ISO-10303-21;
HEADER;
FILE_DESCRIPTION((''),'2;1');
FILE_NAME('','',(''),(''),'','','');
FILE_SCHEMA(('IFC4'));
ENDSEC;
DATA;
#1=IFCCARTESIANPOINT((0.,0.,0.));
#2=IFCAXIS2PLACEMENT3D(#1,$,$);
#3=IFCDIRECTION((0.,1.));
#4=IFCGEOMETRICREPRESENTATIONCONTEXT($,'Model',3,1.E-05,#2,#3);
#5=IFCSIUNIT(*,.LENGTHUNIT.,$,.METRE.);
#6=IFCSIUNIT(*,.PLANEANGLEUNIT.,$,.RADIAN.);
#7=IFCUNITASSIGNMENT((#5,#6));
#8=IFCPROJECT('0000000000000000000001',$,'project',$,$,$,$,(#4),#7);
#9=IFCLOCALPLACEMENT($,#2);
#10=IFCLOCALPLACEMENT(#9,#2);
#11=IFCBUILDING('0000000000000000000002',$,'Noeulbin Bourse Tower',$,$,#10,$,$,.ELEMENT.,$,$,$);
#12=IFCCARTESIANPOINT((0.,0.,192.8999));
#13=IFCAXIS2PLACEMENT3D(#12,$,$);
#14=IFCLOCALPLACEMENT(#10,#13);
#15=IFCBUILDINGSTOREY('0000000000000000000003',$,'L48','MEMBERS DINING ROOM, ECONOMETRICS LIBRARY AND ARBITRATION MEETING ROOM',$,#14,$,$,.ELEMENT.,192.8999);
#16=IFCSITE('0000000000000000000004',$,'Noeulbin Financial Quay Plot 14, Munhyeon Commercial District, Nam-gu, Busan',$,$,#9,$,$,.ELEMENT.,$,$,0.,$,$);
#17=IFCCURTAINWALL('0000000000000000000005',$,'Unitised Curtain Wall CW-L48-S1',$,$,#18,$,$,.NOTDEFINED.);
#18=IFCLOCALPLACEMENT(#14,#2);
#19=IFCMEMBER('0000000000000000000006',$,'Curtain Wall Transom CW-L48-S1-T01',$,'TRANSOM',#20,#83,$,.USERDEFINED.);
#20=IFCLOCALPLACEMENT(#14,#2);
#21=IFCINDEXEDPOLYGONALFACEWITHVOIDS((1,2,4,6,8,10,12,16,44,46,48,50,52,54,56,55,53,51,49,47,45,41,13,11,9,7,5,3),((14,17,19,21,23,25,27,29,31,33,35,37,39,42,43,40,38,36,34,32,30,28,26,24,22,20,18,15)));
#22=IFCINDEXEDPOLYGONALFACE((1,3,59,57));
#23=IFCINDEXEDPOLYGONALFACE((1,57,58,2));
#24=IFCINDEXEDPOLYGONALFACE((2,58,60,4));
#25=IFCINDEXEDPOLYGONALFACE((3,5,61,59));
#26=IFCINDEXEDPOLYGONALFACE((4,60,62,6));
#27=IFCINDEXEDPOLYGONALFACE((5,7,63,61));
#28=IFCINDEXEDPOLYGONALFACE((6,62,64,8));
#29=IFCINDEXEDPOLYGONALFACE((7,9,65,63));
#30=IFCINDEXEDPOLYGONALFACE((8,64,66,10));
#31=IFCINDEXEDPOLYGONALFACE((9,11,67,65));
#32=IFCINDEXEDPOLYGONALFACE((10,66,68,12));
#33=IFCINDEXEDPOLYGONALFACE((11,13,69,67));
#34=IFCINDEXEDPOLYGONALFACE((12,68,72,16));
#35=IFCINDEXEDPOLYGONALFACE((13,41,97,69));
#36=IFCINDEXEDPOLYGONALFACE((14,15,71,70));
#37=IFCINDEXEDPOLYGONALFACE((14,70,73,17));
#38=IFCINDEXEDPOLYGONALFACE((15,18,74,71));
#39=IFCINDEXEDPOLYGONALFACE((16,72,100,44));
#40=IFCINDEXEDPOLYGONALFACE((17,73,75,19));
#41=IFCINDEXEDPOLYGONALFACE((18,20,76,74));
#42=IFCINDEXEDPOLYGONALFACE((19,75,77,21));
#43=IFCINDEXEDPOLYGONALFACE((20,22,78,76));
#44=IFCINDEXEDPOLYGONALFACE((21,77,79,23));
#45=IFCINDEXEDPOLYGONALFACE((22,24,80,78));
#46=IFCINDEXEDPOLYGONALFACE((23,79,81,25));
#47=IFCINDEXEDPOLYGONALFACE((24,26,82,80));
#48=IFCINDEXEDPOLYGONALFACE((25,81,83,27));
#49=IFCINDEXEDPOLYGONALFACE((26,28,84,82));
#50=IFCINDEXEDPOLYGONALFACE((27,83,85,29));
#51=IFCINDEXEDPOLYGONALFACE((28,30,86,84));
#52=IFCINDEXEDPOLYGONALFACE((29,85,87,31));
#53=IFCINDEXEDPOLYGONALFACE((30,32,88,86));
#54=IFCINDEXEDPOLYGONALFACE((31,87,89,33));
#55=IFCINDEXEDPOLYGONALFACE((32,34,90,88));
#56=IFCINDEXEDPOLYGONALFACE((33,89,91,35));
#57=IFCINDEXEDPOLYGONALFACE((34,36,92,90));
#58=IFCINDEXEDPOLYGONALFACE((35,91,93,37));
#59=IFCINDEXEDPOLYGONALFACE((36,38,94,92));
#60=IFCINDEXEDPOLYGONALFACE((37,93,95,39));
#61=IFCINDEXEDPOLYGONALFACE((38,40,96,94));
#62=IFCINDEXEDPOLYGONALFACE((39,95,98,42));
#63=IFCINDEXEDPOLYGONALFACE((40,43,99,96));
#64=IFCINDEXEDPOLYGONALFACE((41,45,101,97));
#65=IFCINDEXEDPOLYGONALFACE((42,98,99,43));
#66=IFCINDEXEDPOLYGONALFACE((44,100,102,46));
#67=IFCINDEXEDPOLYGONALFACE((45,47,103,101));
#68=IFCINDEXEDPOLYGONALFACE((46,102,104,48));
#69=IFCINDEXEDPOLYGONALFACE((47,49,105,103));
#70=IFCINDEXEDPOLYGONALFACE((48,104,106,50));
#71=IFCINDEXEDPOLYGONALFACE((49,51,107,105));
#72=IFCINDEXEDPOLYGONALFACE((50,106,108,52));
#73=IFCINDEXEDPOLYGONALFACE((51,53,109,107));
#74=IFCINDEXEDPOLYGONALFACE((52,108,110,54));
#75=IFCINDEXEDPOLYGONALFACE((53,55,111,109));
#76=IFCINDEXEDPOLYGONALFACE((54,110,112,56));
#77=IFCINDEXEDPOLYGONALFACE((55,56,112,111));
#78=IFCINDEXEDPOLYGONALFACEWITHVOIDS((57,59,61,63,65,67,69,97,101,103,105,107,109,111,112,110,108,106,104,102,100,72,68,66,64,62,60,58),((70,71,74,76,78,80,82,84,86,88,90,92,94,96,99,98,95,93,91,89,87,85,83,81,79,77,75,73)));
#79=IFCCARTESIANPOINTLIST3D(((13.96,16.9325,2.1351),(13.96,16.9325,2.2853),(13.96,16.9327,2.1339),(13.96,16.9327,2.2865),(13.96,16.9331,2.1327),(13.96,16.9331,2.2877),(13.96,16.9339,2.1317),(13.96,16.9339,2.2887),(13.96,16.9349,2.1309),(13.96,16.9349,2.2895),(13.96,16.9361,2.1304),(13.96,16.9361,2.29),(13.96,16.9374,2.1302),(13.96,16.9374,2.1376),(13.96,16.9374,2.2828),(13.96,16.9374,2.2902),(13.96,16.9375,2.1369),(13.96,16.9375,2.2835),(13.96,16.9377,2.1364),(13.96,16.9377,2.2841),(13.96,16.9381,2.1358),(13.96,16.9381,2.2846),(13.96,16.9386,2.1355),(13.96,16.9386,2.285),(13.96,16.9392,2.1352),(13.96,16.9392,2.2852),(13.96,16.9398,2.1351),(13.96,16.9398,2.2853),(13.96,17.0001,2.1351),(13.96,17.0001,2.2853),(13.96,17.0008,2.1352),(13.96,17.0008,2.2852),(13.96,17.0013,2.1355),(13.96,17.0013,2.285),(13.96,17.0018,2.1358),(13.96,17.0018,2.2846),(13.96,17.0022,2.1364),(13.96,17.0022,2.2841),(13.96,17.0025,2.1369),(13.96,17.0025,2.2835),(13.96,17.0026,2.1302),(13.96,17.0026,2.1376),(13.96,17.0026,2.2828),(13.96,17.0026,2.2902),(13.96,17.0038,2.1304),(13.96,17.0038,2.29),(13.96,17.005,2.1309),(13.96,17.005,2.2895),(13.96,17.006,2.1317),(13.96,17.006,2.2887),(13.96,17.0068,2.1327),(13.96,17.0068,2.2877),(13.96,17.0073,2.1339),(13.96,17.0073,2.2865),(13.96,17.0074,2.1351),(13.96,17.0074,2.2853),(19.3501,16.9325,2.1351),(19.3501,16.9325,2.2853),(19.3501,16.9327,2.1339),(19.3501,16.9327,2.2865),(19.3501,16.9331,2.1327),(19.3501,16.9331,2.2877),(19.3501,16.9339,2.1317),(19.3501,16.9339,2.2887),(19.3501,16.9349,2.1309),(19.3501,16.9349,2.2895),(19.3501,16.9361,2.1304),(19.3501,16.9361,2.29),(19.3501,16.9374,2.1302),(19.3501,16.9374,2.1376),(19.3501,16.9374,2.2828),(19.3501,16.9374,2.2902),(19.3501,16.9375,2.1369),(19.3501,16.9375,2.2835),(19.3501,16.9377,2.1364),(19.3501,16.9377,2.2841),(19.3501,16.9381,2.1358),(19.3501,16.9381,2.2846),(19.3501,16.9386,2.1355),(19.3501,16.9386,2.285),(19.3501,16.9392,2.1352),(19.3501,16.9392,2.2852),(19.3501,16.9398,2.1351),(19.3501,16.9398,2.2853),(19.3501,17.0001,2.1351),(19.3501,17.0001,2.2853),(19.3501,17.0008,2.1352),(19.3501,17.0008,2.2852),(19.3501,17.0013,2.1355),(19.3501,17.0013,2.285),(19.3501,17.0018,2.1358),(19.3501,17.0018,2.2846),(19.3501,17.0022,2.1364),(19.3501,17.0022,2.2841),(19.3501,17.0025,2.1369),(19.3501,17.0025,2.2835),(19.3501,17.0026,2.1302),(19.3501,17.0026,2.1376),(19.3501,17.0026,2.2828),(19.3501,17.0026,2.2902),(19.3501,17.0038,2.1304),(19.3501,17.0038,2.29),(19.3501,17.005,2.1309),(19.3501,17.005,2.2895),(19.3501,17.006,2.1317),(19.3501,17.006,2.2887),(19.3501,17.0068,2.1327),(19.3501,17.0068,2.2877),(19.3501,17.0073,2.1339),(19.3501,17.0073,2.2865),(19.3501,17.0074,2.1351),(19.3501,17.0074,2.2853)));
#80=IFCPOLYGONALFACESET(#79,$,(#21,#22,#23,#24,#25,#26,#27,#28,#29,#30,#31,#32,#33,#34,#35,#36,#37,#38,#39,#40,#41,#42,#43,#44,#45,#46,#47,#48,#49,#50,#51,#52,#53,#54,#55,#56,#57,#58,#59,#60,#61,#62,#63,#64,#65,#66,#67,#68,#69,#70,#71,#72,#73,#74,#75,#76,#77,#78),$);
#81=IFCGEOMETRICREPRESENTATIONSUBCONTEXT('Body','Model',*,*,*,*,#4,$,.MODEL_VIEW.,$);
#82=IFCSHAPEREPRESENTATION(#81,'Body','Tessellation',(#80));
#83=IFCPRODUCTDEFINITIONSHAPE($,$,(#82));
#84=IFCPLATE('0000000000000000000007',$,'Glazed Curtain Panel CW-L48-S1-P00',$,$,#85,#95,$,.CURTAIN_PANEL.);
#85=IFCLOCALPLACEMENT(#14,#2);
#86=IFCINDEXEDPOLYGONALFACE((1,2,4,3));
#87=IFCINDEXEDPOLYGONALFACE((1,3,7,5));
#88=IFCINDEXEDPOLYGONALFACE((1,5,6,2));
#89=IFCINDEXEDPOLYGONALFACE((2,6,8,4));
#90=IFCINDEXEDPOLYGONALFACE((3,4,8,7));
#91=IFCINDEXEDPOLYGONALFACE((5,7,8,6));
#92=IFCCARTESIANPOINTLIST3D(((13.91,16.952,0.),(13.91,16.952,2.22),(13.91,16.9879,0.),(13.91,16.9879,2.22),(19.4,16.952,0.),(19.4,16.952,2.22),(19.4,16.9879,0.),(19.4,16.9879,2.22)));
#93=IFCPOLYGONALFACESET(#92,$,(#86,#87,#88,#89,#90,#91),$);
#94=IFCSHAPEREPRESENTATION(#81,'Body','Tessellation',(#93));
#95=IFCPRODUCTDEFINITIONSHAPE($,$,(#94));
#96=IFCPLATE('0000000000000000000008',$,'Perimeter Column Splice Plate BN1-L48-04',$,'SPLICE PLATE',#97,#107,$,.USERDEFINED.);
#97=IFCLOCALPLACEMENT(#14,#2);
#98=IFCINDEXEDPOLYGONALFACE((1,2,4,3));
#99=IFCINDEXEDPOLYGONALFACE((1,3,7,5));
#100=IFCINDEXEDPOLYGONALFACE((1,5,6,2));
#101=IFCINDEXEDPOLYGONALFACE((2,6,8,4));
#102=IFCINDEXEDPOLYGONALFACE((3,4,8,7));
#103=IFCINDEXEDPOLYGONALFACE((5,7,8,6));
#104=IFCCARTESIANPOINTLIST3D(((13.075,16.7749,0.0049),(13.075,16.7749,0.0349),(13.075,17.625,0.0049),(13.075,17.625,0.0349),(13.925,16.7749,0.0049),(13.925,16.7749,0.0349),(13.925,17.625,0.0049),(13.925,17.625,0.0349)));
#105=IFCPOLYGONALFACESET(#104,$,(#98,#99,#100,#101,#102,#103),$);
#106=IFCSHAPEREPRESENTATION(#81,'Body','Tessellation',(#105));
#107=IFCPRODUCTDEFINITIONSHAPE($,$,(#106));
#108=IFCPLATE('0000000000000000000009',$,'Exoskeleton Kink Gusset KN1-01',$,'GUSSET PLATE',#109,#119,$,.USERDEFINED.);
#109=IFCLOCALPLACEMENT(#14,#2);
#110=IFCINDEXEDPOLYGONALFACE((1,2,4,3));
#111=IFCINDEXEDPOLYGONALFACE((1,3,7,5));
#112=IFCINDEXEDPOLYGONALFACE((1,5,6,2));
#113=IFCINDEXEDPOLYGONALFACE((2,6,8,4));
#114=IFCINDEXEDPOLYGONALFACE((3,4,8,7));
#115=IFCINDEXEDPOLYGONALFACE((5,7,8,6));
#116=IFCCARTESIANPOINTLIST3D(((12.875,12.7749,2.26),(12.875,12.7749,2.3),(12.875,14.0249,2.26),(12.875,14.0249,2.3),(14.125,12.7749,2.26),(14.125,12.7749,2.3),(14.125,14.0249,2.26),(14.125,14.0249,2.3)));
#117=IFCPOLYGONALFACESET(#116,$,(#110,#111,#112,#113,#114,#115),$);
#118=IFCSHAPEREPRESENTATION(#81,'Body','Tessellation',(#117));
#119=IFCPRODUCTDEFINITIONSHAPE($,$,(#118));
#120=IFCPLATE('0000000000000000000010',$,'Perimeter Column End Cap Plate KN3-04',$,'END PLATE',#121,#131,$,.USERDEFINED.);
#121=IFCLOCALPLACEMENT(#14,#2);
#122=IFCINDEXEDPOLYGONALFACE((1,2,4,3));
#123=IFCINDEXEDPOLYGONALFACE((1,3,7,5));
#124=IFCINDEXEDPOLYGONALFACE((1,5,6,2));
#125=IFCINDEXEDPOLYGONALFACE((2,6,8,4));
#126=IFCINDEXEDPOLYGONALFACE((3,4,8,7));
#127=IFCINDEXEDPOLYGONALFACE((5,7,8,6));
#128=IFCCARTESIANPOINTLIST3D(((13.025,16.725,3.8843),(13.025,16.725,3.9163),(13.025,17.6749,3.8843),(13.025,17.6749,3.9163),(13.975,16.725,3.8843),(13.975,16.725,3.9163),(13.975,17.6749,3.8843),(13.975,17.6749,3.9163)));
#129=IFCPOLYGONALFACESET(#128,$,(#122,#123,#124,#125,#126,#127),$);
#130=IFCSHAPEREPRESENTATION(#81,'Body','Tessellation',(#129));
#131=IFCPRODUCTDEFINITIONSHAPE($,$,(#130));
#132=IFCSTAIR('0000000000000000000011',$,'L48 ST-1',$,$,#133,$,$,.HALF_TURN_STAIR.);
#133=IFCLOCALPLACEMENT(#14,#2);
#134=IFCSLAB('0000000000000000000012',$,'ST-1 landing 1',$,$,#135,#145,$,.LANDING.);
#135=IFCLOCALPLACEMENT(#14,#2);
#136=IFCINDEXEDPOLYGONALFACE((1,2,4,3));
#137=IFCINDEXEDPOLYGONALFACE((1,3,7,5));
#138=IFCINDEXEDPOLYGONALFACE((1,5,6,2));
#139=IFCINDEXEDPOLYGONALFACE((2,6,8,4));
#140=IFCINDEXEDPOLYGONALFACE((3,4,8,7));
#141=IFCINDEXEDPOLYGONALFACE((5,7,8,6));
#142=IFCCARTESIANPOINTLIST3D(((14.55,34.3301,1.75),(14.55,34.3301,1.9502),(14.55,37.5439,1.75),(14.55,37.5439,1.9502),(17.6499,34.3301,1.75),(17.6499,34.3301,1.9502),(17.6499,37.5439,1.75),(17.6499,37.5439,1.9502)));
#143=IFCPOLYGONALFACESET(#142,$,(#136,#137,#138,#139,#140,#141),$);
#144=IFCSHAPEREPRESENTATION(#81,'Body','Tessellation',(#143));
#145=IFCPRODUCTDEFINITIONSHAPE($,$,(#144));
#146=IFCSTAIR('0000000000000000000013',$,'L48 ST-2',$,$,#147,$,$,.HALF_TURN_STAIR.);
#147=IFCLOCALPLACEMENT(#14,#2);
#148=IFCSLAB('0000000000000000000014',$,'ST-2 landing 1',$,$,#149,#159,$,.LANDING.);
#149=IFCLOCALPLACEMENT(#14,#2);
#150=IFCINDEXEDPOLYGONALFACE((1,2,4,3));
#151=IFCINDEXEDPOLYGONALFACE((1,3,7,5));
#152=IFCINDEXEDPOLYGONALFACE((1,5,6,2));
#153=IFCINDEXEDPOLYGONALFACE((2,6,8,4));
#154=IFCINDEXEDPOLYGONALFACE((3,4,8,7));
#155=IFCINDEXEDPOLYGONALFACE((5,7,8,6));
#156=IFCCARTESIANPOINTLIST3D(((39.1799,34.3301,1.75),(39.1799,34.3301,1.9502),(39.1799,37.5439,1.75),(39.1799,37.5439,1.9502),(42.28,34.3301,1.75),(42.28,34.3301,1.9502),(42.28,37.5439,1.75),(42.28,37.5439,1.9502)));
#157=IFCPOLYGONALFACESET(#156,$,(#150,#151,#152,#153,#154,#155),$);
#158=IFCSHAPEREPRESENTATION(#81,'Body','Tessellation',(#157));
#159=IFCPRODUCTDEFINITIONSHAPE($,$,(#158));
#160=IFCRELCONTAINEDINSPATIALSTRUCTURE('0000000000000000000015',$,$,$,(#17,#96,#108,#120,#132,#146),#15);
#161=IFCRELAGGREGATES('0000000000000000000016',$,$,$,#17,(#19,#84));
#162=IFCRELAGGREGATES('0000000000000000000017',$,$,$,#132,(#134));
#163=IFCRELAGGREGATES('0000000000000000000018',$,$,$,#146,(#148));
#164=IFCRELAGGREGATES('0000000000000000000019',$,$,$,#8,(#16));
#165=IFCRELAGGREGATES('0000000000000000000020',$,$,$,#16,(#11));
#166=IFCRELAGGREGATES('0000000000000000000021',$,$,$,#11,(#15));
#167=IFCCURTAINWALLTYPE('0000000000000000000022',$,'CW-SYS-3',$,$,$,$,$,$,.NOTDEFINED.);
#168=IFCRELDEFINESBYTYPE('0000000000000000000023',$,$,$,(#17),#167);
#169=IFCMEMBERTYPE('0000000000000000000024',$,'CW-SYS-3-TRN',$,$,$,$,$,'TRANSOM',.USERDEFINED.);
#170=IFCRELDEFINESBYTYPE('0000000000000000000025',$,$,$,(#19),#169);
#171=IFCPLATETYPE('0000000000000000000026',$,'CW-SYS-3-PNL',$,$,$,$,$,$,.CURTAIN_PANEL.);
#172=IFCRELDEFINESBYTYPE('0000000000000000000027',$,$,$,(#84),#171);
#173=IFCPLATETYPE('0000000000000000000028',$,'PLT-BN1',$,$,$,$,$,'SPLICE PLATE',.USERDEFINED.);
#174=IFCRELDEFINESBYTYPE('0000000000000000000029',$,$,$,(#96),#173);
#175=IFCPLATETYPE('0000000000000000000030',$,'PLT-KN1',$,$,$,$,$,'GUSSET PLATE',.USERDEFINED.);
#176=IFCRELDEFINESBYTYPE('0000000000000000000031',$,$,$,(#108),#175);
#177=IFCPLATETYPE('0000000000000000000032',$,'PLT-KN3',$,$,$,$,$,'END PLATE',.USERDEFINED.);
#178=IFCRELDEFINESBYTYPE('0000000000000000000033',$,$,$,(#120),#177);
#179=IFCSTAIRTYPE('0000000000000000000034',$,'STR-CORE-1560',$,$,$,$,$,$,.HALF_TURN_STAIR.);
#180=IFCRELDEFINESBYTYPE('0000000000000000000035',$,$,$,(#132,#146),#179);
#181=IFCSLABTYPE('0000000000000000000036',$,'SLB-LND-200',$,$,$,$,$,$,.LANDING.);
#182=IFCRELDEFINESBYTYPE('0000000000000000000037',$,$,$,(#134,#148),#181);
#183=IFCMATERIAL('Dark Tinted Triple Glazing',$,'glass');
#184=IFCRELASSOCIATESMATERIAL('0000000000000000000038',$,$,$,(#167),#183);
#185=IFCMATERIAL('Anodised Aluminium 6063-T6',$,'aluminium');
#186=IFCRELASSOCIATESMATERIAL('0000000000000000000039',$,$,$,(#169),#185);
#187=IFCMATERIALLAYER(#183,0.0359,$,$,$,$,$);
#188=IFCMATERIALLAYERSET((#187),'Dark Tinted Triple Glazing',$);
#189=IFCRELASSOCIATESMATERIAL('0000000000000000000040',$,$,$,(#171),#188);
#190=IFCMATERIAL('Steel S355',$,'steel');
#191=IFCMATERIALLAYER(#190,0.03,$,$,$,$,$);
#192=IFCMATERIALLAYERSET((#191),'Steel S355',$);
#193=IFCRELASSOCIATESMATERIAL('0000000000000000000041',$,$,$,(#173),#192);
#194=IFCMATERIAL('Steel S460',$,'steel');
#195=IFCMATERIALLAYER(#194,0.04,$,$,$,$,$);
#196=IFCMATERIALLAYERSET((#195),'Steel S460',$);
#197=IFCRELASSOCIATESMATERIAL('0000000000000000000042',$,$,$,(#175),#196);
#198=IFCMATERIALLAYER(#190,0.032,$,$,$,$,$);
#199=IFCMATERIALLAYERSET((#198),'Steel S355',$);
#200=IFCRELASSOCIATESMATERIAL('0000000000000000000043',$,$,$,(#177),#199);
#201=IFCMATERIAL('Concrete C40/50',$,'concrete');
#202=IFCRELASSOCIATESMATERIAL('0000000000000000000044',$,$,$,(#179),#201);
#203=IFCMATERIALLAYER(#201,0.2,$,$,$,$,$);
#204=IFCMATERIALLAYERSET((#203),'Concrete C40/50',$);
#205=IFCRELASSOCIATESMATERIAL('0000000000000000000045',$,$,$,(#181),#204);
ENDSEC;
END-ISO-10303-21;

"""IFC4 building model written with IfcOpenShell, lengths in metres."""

from ifc_helpers import new_model, si_unit, direction, frame, origin, origin_2d, place, context, subcontext, project, spatial, polyline, rectangle, hollow_rectangle, outline, extrude, material, layer, layer_set, material_profile, profile_set, type_object, element, aggregate, save


model = new_model("IFC4")

# Units and contexts
model_context = context("Model", 3, precision=1e-05, world=origin(), true_north=direction((0.0, 1.0)))
body_context = subcontext(model_context, "Body", "Model", "MODEL_VIEW")
ifc_project = project(units=[si_unit("LENGTHUNIT", "METRE"), si_unit("PLANEANGLEUNIT", "RADIAN")], contexts=[model_context])

# Site, building, storey
site_placement = place(None, origin())
site = spatial("IfcSite", under=ifc_project, at=site_placement, Name="Noeulbin Financial Quay Plot 14, Munhyeon Commercial District, Nam-gu, Busan", CompositionType="ELEMENT", RefElevation=0.0)
building_placement = place(site_placement, origin())
building = spatial("IfcBuilding", under=site, at=building_placement, Name="Noeulbin Bourse Tower", CompositionType="ELEMENT")
storey_placement = place(building_placement, frame((0.0, 0.0, 192.8999)))
storey = spatial("IfcBuildingStorey", under=building, at=storey_placement, Name="L48", Description="MEMBERS DINING ROOM, ECONOMETRICS LIBRARY AND ARBITRATION MEETING ROOM", CompositionType="ELEMENT", Elevation=192.8999)

# Shared definitions
ifc_material_1 = material(Name="Steel S355", Category="steel")

# Shared definitions
ifc_material_2 = material(Name="Steel S460", Category="steel")

# Curtain wall, member, plate
ifc_material_3 = material(Name="Dark Tinted Triple Glazing", Category="glass")
curtain_wall_type = type_object("IfcCurtainWallType", Name="CW-SYS-3", PredefinedType="NOTDEFINED", material=ifc_material_3)
curtain_wall_placement = place(storey_placement, origin())
curtain_wall = element("IfcCurtainWall", 1, at=curtain_wall_placement, inside=storey, type_object=curtain_wall_type, Name="Unitised Curtain Wall CW-L48-S1", PredefinedType="NOTDEFINED")
ifc_material_4 = material(Name="Anodised Aluminium 6063-T6", Category="aluminium")
ifc_material_profile_1 = material_profile(ifc_material_4, hollow_rectangle(XDim=0.075, YDim=0.1599, WallThickness=0.0049, InnerFilletRadius=0.0024, OuterFilletRadius=0.0049, at=origin_2d()), Name="ALU-TRAN-75x160x5", Category="LoadBearing")
ifc_profile_set_1 = profile_set([ifc_material_profile_1], Name="Anodised Aluminium 6063-T6")
member_type_1 = type_object("IfcMemberType", Name="CW-SYS-3-TRN", ElementType="TRANSOM", PredefinedType="USERDEFINED", material=ifc_profile_set_1)
member_1_placement = place(storey_placement, frame((13.96, 16.97, 2.2102), z_axis=(1.0, 0.0, 0.0), x_axis=(0.0, 1.0, 0.0)))
member_1 = element("IfcMember", 2, at=member_1_placement, type_object=member_type_1, Name="Curtain Wall Transom CW-L48-S1-T01", ObjectType="TRANSOM", PredefinedType="USERDEFINED", context=body_context, shape_type="SweptSolid", body=[
    extrude(hollow_rectangle(XDim=0.075, YDim=0.1599, WallThickness=0.0049, InnerFilletRadius=0.0024, OuterFilletRadius=0.0049, at=origin_2d()), origin(), (0.0, 0.0, 1.0), 5.3901),
])
ifc_layer_1 = layer(ifc_material_3, 0.0359)
ifc_layer_set_1 = layer_set([ifc_layer_1], Name="Dark Tinted Triple Glazing")
plate_type_1 = type_object("IfcPlateType", Name="CW-SYS-3-PNL", PredefinedType="CURTAIN_PANEL", material=ifc_layer_set_1)
plate_1_placement = place(storey_placement, frame((16.655, 16.97, 0.0), z_axis=(0.0, 0.0, 1.0), x_axis=(1.0, 0.0, 0.0)))
plate_1 = element("IfcPlate", 3, at=plate_1_placement, type_object=plate_type_1, Name="Glazed Curtain Panel CW-L48-S1-P00", PredefinedType="CURTAIN_PANEL", context=body_context, shape_type="SweptSolid", body=[
    extrude(rectangle(XDim=5.49, YDim=0.0359, at=origin_2d()), origin(), (0.0, 0.0, 1.0), 2.22),
])
aggregate(curtain_wall, [member_1, plate_1])

# Plates
ifc_layer_2 = layer(ifc_material_1, 0.03)
ifc_layer_set_2 = layer_set([ifc_layer_2], Name="Steel S355")
plate_type_2 = type_object("IfcPlateType", Name="PLT-BN1", ElementType="SPLICE PLATE", PredefinedType="USERDEFINED", material=ifc_layer_set_2)
plate_2_placement = place(storey_placement, frame((13.5, 17.2, 0.0049), z_axis=(0.0, 0.0, 1.0), x_axis=(1.0, 0.0, 0.0)))
element("IfcPlate", 4, at=plate_2_placement, inside=storey, type_object=plate_type_2, Name="Perimeter Column Splice Plate BN1-L48-04", ObjectType="SPLICE PLATE", PredefinedType="USERDEFINED", context=body_context, shape_type="SweptSolid", body=[
    extrude(rectangle(XDim=0.8501, YDim=0.8501, at=origin_2d()), origin(), (0.0, 0.0, 1.0), 0.03),
])
ifc_layer_3 = layer(ifc_material_2, 0.04)
ifc_layer_set_3 = layer_set([ifc_layer_3], Name="Steel S460")
plate_type_3 = type_object("IfcPlateType", Name="PLT-KN1", ElementType="GUSSET PLATE", PredefinedType="USERDEFINED", material=ifc_layer_set_3)
plate_3_placement = place(storey_placement, frame((13.5, 13.3999, 2.26), z_axis=(0.0, 0.0, 1.0), x_axis=(1.0, 0.0, 0.0)))
element("IfcPlate", 5, at=plate_3_placement, inside=storey, type_object=plate_type_3, Name="Exoskeleton Kink Gusset KN1-01", ObjectType="GUSSET PLATE", PredefinedType="USERDEFINED", context=body_context, shape_type="SweptSolid", body=[
    extrude(rectangle(XDim=1.25, YDim=1.25, at=origin_2d()), origin(), (0.0, 0.0, 1.0), 0.04),
])
ifc_layer_4 = layer(ifc_material_1, 0.032)
ifc_layer_set_4 = layer_set([ifc_layer_4], Name="Steel S355")
plate_type_4 = type_object("IfcPlateType", Name="PLT-KN3", ElementType="END PLATE", PredefinedType="USERDEFINED", material=ifc_layer_set_4)
plate_4_placement = place(storey_placement, frame((13.5, 17.2, 3.8843), z_axis=(0.0, 0.0, 1.0), x_axis=(1.0, 0.0, 0.0)))
element("IfcPlate", 6, at=plate_4_placement, inside=storey, type_object=plate_type_4, Name="Perimeter Column End Cap Plate KN3-04", ObjectType="END PLATE", PredefinedType="USERDEFINED", context=body_context, shape_type="SweptSolid", body=[
    extrude(rectangle(XDim=0.95, YDim=0.95, at=origin_2d()), origin(), (0.0, 0.0, 1.0), 0.032),
])

# Stairs, slabs
ifc_material_5 = material(Name="Concrete C40/50", Category="concrete")
stair_type = type_object("IfcStairType", Name="STR-CORE-1560", PredefinedType="HALF_TURN_STAIR", material=ifc_material_5)
stair_1_placement = place(storey_placement, origin())
stair_1 = element("IfcStair", 7, at=stair_1_placement, inside=storey, type_object=stair_type, Name="L48 ST-1", PredefinedType="HALF_TURN_STAIR")
ifc_layer_5 = layer(ifc_material_5, 0.2)
ifc_layer_set_5 = layer_set([ifc_layer_5], Name="Concrete C40/50")
slab_type_1 = type_object("IfcSlabType", Name="SLB-LND-200", PredefinedType="LANDING", material=ifc_layer_set_5)
slab_1_placement = place(storey_placement, frame((0.0, 0.0, 1.75)))
slab_1 = element("IfcSlab", 8, at=slab_1_placement, type_object=slab_type_1, Name="ST-1 landing 1", PredefinedType="LANDING", context=body_context, shape_type="SweptSolid", body=[
    extrude(outline(polyline([(17.6499, 34.3301), (17.6499, 37.5439), (14.55, 37.5439), (14.55, 34.3301), (17.6499, 34.3301)])), origin(), (0.0, 0.0, 1.0), 0.2002),
])
aggregate(stair_1, [slab_1])
stair_2_placement = place(storey_placement, origin())
stair_2 = element("IfcStair", 9, at=stair_2_placement, inside=storey, type_object=stair_type, Name="L48 ST-2", PredefinedType="HALF_TURN_STAIR")
slab_2_placement = place(storey_placement, frame((0.0, 0.0, 1.75)))
slab_2 = element("IfcSlab", 10, at=slab_2_placement, type_object=slab_type_1, Name="ST-2 landing 1", PredefinedType="LANDING", context=body_context, shape_type="SweptSolid", body=[
    extrude(outline(polyline([(42.28, 34.3301), (42.28, 37.5439), (39.1799, 37.5439), (39.1799, 34.3301), (42.28, 34.3301)])), origin(), (0.0, 0.0, 1.0), 0.2002),
])
aggregate(stair_2, [slab_2])

save(model, "model.ifc")
